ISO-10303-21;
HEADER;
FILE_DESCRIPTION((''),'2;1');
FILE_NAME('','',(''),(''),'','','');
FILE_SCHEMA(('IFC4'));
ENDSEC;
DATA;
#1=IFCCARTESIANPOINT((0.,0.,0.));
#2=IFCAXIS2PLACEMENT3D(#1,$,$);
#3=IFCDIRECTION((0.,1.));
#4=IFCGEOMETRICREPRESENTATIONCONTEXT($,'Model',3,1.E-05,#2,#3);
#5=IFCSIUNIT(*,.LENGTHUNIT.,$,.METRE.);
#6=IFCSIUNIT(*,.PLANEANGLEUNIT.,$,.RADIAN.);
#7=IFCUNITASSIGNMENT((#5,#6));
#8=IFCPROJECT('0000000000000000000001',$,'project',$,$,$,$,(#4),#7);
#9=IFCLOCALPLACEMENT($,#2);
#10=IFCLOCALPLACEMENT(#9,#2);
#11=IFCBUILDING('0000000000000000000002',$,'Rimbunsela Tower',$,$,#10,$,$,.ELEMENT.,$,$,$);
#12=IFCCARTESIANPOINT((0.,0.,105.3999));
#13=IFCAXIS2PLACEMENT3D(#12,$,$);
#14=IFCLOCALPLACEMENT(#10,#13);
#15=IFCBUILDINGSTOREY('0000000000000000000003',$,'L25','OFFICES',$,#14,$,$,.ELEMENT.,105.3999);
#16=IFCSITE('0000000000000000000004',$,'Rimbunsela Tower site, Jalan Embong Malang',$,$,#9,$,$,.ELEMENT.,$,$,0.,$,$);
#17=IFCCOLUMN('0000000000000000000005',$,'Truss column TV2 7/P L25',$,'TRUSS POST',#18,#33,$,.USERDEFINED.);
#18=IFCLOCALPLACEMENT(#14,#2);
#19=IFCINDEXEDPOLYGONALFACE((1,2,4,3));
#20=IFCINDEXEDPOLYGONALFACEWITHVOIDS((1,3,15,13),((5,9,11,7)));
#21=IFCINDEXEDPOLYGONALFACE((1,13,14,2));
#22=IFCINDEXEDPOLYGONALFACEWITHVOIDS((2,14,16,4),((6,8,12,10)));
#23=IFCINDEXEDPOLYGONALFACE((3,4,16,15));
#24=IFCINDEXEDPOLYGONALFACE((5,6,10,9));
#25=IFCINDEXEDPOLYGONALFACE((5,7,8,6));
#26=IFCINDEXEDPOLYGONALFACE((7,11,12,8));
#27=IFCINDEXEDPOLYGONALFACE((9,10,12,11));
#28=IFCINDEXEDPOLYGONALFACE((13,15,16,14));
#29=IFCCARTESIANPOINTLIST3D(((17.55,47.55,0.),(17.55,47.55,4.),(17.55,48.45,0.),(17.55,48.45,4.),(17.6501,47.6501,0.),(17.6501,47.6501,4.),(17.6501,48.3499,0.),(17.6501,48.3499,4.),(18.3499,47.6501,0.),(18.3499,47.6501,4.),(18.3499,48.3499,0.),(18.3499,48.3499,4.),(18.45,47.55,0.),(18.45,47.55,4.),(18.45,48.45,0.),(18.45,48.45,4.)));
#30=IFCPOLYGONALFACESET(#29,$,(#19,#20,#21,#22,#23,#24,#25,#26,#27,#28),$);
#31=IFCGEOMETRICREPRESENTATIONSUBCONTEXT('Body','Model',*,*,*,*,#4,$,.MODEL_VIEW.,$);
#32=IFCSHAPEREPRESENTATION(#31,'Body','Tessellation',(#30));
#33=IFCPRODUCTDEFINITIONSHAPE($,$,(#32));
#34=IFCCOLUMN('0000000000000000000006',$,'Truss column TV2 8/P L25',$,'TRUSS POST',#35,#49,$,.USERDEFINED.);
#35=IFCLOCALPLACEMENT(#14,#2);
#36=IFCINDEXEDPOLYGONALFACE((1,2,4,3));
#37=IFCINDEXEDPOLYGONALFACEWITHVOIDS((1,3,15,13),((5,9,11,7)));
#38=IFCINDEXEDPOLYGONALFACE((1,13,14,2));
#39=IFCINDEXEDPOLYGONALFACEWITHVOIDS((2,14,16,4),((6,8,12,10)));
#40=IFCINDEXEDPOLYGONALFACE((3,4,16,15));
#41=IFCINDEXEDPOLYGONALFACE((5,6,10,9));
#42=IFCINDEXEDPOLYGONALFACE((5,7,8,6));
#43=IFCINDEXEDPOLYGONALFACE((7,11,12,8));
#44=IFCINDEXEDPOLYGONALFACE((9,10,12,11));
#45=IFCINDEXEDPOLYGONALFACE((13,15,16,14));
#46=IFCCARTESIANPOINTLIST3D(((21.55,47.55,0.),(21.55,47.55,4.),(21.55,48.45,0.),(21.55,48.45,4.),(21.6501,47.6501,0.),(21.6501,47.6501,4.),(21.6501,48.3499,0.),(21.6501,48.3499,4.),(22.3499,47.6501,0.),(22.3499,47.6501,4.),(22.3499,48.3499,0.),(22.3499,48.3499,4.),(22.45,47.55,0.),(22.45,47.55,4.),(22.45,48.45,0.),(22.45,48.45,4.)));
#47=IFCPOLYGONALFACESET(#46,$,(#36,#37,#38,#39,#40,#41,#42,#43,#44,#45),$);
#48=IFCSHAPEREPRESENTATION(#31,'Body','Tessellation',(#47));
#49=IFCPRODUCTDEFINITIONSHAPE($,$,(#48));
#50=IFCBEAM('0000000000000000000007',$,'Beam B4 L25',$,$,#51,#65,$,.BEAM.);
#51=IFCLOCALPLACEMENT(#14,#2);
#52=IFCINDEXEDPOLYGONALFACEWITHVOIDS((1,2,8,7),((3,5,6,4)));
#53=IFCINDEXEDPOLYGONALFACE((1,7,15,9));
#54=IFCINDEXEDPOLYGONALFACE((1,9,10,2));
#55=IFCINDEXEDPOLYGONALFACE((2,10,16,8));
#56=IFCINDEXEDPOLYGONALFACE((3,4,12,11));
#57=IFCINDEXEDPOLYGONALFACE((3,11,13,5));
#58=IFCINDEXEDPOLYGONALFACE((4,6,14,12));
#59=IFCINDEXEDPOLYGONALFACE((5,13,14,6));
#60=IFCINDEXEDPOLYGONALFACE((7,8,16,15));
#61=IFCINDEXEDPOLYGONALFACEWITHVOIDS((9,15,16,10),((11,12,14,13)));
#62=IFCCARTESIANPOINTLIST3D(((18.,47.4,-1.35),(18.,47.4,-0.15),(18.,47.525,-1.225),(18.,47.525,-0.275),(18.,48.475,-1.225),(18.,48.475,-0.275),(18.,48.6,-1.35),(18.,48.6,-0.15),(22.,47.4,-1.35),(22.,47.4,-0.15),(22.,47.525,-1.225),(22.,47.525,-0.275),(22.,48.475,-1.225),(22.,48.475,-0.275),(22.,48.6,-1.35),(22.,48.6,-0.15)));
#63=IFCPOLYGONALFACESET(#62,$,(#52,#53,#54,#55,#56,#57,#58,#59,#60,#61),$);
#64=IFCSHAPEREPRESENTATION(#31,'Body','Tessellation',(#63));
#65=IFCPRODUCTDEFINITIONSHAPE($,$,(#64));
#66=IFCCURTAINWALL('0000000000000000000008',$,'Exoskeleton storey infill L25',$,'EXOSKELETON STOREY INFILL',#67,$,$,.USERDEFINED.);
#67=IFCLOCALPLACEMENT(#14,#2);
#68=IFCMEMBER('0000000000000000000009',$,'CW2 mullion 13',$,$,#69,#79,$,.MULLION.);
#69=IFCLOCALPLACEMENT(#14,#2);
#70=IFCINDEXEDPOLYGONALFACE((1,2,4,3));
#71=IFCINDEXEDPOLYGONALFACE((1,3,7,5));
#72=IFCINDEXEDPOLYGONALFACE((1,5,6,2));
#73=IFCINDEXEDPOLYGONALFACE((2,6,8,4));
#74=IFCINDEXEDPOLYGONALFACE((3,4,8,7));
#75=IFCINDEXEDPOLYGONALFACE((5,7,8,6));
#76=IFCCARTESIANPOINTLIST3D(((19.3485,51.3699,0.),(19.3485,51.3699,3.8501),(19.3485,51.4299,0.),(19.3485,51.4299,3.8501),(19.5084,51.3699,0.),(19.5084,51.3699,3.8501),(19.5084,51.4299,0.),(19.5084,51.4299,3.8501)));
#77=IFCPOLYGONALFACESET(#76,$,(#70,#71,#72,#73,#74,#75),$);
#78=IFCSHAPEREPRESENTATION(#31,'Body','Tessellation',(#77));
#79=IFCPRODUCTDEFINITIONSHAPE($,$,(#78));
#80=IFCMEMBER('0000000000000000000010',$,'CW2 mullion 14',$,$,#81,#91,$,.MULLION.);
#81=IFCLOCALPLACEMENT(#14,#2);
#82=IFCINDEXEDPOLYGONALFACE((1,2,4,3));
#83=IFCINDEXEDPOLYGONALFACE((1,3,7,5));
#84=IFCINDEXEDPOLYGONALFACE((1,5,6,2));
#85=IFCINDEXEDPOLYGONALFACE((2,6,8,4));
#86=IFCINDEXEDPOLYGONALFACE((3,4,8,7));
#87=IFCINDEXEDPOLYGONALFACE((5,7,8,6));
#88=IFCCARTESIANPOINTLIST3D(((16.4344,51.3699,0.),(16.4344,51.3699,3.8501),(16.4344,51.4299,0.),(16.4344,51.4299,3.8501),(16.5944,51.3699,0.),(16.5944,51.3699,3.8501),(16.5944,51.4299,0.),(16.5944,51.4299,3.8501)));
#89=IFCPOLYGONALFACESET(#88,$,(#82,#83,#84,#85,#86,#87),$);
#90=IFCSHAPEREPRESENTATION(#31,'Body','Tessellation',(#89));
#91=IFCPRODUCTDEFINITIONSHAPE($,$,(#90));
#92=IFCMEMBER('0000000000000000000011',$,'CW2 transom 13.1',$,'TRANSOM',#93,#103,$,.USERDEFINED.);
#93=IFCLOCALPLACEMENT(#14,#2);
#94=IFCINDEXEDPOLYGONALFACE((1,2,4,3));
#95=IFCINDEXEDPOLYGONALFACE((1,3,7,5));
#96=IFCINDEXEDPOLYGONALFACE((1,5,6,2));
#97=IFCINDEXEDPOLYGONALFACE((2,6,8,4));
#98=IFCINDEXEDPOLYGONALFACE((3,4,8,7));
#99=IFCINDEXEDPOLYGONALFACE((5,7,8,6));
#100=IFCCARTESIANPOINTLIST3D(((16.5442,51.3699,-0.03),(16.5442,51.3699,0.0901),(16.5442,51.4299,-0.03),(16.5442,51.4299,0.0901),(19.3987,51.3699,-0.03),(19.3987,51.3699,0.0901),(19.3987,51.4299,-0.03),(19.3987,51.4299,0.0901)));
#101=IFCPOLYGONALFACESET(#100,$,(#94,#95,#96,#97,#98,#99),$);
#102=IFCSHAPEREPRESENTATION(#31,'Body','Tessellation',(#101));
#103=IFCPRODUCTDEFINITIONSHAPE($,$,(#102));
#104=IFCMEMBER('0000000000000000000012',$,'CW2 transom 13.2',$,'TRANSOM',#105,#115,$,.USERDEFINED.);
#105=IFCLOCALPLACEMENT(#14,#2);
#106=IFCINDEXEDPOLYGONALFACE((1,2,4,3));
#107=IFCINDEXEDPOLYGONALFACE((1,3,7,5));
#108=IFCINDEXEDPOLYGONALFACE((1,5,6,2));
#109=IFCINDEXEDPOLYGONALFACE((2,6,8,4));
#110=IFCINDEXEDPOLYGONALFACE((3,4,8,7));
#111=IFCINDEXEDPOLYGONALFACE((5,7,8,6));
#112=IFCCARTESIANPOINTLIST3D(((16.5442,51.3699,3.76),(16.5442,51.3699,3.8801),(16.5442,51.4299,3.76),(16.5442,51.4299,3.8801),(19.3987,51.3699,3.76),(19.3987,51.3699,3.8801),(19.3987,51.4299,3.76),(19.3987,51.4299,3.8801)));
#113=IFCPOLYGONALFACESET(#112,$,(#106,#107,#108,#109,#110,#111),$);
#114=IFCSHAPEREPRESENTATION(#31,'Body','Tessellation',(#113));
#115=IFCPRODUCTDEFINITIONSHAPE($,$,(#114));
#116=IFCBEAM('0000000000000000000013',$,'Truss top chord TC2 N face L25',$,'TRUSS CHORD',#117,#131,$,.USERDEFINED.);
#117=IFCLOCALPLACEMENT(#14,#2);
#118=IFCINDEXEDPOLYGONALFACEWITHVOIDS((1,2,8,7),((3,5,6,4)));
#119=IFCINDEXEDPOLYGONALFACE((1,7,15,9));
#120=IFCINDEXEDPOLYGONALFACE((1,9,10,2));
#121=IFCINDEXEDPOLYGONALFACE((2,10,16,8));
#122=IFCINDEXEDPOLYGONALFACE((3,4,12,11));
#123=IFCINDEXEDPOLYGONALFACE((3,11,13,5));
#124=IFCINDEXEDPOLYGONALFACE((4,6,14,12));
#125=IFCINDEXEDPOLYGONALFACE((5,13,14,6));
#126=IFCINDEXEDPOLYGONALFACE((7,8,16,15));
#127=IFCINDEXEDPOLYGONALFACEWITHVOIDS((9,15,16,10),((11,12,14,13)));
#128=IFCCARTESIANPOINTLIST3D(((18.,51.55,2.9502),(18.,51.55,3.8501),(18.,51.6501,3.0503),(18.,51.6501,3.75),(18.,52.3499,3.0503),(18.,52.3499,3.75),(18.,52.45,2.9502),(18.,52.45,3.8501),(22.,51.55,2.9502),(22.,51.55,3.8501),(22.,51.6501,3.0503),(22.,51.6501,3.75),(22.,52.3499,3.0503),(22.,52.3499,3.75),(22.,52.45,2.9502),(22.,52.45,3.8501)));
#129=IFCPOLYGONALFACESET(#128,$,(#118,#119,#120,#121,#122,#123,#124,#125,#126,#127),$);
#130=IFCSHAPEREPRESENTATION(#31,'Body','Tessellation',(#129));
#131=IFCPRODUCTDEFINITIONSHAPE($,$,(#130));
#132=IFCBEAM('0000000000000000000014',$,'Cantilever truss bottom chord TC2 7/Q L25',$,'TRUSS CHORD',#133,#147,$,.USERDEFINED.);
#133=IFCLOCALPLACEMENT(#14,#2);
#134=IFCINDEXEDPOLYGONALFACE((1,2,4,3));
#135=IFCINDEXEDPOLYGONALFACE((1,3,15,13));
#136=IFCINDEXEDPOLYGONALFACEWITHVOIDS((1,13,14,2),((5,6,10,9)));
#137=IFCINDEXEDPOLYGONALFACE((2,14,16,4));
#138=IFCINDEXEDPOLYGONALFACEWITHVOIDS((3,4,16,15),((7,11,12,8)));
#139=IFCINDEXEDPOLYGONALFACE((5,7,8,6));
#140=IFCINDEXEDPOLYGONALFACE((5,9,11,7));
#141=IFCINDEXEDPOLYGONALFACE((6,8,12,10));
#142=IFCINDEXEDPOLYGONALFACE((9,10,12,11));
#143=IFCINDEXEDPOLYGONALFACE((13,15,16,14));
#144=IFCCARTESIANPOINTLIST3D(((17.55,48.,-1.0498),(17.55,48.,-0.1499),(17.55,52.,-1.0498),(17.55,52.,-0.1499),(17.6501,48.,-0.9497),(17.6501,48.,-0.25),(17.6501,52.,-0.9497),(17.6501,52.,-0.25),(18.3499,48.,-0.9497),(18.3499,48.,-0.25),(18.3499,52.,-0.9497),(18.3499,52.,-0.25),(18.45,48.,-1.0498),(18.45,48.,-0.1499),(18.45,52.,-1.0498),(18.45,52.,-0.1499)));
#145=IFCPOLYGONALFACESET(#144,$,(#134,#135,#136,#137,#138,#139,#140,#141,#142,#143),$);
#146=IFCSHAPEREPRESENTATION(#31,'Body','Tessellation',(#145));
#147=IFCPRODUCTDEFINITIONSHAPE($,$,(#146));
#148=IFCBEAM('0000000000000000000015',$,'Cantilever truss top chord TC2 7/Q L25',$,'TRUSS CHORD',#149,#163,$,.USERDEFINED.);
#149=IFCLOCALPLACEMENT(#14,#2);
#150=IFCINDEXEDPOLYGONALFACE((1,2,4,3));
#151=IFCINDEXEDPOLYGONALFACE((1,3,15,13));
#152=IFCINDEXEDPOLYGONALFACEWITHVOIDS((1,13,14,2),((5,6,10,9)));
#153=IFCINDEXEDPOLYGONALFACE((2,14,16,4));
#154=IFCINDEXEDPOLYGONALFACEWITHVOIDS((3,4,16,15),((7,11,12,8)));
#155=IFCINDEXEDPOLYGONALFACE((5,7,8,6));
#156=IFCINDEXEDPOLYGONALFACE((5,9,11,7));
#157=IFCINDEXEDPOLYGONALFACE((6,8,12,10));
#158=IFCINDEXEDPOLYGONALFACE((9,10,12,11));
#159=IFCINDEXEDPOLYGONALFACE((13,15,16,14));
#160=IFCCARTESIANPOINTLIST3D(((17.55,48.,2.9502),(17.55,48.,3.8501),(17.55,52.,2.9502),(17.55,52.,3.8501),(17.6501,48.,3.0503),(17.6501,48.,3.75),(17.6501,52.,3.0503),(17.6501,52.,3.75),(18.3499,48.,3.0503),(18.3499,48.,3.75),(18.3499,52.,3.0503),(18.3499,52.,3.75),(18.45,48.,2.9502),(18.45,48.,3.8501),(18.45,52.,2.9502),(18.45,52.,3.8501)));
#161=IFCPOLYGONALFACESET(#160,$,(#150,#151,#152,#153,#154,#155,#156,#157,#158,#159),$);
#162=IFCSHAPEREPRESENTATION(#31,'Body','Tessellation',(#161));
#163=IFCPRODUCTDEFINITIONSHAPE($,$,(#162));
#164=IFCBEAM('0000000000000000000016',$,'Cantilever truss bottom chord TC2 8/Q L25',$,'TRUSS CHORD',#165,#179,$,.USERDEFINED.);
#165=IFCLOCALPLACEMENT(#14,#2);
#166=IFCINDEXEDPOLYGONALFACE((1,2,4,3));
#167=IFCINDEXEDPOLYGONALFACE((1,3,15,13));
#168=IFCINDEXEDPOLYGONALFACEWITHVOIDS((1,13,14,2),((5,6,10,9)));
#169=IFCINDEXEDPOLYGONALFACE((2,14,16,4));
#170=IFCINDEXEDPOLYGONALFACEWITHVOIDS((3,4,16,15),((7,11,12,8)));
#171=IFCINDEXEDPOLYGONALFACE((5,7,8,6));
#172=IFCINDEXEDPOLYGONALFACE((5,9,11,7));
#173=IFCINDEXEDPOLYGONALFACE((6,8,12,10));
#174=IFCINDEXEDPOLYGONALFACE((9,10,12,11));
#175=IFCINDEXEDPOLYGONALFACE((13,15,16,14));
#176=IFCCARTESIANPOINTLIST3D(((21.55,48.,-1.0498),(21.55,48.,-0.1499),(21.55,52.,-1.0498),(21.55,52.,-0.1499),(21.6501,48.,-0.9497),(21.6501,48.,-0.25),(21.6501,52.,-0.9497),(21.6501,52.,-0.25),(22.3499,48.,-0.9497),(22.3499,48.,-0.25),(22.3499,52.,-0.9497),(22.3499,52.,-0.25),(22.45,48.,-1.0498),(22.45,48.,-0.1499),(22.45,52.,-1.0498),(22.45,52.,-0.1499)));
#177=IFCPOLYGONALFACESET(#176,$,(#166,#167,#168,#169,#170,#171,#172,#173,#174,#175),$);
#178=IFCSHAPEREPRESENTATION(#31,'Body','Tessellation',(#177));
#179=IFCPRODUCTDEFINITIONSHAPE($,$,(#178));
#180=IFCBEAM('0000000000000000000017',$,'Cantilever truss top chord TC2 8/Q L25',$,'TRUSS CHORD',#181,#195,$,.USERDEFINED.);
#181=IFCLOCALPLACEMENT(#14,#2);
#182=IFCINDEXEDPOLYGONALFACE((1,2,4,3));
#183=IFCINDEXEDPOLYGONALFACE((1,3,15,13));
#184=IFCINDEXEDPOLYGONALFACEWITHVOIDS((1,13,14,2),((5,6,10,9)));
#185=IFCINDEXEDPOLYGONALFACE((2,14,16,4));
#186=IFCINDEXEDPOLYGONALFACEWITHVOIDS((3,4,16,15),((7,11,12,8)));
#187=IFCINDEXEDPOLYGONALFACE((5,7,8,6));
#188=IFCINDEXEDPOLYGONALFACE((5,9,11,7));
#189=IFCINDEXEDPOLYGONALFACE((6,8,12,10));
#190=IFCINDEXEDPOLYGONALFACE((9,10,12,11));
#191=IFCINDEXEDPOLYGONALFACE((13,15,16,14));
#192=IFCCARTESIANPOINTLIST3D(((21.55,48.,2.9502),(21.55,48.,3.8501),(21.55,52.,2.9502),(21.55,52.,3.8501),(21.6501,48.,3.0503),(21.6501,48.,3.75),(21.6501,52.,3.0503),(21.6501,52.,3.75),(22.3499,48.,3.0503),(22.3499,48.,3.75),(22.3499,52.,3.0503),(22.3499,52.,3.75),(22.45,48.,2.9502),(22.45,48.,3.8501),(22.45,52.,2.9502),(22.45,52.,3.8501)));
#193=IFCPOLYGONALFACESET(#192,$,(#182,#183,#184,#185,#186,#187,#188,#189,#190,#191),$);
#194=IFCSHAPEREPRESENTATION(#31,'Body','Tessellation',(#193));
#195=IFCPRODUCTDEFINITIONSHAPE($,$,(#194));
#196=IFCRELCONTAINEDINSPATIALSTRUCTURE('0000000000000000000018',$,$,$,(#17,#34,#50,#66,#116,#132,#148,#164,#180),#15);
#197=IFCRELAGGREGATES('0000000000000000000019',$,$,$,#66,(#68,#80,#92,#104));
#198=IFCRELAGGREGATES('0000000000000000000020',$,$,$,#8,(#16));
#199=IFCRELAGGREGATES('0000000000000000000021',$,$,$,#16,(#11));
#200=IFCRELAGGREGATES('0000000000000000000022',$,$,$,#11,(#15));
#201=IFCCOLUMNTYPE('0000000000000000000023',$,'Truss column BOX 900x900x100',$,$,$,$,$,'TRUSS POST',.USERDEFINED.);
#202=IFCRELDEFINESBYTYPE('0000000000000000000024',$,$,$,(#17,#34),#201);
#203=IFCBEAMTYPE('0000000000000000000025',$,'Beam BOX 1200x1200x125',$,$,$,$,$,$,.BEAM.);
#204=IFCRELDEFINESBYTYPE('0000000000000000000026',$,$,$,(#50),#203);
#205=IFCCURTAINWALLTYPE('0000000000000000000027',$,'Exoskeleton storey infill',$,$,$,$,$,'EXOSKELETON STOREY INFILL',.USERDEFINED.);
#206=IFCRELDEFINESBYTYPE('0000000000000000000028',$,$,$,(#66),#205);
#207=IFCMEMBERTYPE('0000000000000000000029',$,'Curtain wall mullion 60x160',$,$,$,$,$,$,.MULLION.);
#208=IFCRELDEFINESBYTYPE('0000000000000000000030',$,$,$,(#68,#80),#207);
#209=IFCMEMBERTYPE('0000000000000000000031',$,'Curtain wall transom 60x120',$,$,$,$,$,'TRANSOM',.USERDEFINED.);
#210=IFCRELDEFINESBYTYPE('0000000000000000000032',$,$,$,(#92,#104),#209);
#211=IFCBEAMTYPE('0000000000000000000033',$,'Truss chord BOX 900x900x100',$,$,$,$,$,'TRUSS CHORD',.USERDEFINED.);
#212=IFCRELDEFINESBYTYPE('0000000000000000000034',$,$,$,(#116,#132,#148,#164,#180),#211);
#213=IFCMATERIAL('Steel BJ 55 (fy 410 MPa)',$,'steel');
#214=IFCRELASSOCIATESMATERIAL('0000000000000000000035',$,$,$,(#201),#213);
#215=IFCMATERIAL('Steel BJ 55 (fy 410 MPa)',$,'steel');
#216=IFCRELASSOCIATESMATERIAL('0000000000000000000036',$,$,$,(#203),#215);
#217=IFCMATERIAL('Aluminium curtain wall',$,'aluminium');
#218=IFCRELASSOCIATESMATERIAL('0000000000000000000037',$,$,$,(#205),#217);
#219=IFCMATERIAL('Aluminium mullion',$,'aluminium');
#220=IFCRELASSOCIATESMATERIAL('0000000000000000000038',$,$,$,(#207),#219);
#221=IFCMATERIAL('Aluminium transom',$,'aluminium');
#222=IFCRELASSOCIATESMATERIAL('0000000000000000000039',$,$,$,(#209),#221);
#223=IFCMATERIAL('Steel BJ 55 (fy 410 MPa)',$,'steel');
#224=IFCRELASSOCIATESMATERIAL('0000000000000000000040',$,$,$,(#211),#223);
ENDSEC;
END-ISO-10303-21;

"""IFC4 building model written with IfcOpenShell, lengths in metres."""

from ifc_helpers import new_model, si_unit, direction, frame, origin, origin_2d, place, context, subcontext, project, spatial, rectangle, hollow_rectangle, extrude, material, material_profile, profile_set, type_object, element, aggregate, save


model = new_model("IFC4")

# Units and contexts
model_context = context("Model", 3, precision=1e-05, world=origin(), true_north=direction((0.0, 1.0)))
body_context = subcontext(model_context, "Body", "Model", "MODEL_VIEW")
ifc_project = project(units=[si_unit("LENGTHUNIT", "METRE"), si_unit("PLANEANGLEUNIT", "RADIAN")], contexts=[model_context])

# Site, building, storey
site_placement = place(None, origin())
site = spatial("IfcSite", under=ifc_project, at=site_placement, Name="Rimbunsela Tower site, Jalan Embong Malang", CompositionType="ELEMENT", RefElevation=0.0)
building_placement = place(site_placement, origin())
building = spatial("IfcBuilding", under=site, at=building_placement, Name="Rimbunsela Tower", CompositionType="ELEMENT")
storey_placement = place(building_placement, frame((0.0, 0.0, 105.3999)))
storey = spatial("IfcBuildingStorey", under=building, at=storey_placement, Name="L25", Description="OFFICES", CompositionType="ELEMENT", Elevation=105.3999)

# Columns
ifc_material_1 = material(Name="Steel BJ 55 (fy 410 MPa)", Category="steel")
ifc_material_profile_1 = material_profile(ifc_material_1, hollow_rectangle(XDim=0.8999, YDim=0.8999, WallThickness=0.1001, at=origin_2d()), Name="BOX 900x900x100")
ifc_profile_set_1 = profile_set([ifc_material_profile_1], Name="Steel BJ 55 (fy 410 MPa)")
column_type = type_object("IfcColumnType", Name="Truss column BOX 900x900x100", ElementType="TRUSS POST", PredefinedType="USERDEFINED", material=ifc_profile_set_1)
for number, where, z_axis, x_axis, name in (
    (1, (18.0, 48.0, 0.0), (0.0, 0.0, 1.0), (1.0, 0.0, 0.0), "Truss column TV2 7/P L25"),
    (2, (22.0, 48.0, 0.0), (0.0, 0.0, 1.0), (1.0, 0.0, 0.0), "Truss column TV2 8/P L25"),
):
    element("IfcColumn", number, at=place(storey_placement, frame(where, z_axis=z_axis, x_axis=x_axis)), inside=storey, type_object=column_type, Name=name, ObjectType="TRUSS POST", PredefinedType="USERDEFINED", context=body_context, shape_type="SweptSolid", body=[
        extrude(hollow_rectangle(XDim=0.8999, YDim=0.8999, WallThickness=0.1001, at=origin_2d()), origin(), (0.0, 0.0, 1.0), 4.0),
    ])

# Beam
ifc_material_2 = material(Name="Steel BJ 55 (fy 410 MPa)", Category="steel")
ifc_material_profile_2 = material_profile(ifc_material_2, hollow_rectangle(XDim=1.2, YDim=1.2, WallThickness=0.125, at=origin_2d()), Name="BOX 1200x1200x125")
ifc_profile_set_2 = profile_set([ifc_material_profile_2], Name="Steel BJ 55 (fy 410 MPa)")
beam_type_1 = type_object("IfcBeamType", Name="Beam BOX 1200x1200x125", PredefinedType="BEAM", material=ifc_profile_set_2)
beam_placement = place(storey_placement, frame((18.0, 48.0, -0.75), z_axis=(1.0, 0.0, 0.0), x_axis=(0.0, 1.0, 0.0)))
element("IfcBeam", 3, at=beam_placement, inside=storey, type_object=beam_type_1, Name="Beam B4 L25", PredefinedType="BEAM", context=body_context, shape_type="SweptSolid", body=[
    extrude(hollow_rectangle(XDim=1.2, YDim=1.2, WallThickness=0.125, at=origin_2d()), origin(), (0.0, 0.0, 1.0), 4.0),
])

# Curtain wall, members
ifc_material_3 = material(Name="Aluminium curtain wall", Category="aluminium")
curtain_wall_type = type_object("IfcCurtainWallType", Name="Exoskeleton storey infill", ElementType="EXOSKELETON STOREY INFILL", PredefinedType="USERDEFINED", material=ifc_material_3)
curtain_wall_placement = place(storey_placement, origin())
curtain_wall = element("IfcCurtainWall", 4, at=curtain_wall_placement, inside=storey, type_object=curtain_wall_type, Name="Exoskeleton storey infill L25", ObjectType="EXOSKELETON STOREY INFILL", PredefinedType="USERDEFINED")
ifc_material_4 = material(Name="Aluminium mullion", Category="aluminium")
ifc_material_profile_3 = material_profile(ifc_material_4, rectangle(XDim=0.0601, YDim=0.1599, at=origin_2d()), Name="Mullion 60x160")
ifc_profile_set_3 = profile_set([ifc_material_profile_3], Name="Aluminium mullion")
member_type_1 = type_object("IfcMemberType", Name="Curtain wall mullion 60x160", PredefinedType="MULLION", material=ifc_profile_set_3)
member_1_placement = place(storey_placement, frame((19.4285, 51.3999, 0.0), z_axis=(0.0, 0.0, 1.0), x_axis=(0.0, -1.0, 0.0)))
member_1 = element("IfcMember", 5, at=member_1_placement, type_object=member_type_1, Name="CW2 mullion 13", PredefinedType="MULLION", context=body_context, shape_type="SweptSolid", body=[
    extrude(rectangle(XDim=0.0601, YDim=0.1599, at=origin_2d()), origin(), (0.0, 0.0, 1.0), 3.8501),
])
member_2_placement = place(storey_placement, frame((16.5144, 51.3999, 0.0), z_axis=(0.0, 0.0, 1.0), x_axis=(0.0, -1.0, 0.0)))
member_2 = element("IfcMember", 6, at=member_2_placement, type_object=member_type_1, Name="CW2 mullion 14", PredefinedType="MULLION", context=body_context, shape_type="SweptSolid", body=[
    extrude(rectangle(XDim=0.0601, YDim=0.1599, at=origin_2d()), origin(), (0.0, 0.0, 1.0), 3.8501),
])
ifc_material_5 = material(Name="Aluminium transom", Category="aluminium")
ifc_material_profile_4 = material_profile(ifc_material_5, rectangle(XDim=0.0601, YDim=0.1201, at=origin_2d()), Name="Transom 60x120")
ifc_profile_set_4 = profile_set([ifc_material_profile_4], Name="Aluminium transom")
member_type_2 = type_object("IfcMemberType", Name="Curtain wall transom 60x120", ElementType="TRANSOM", PredefinedType="USERDEFINED", material=ifc_profile_set_4)
member_3_placement = place(storey_placement, frame((19.3987, 51.3999, 0.03), z_axis=(-1.0, 0.0, 0.0), x_axis=(0.0, -1.0, 0.0)))
member_3 = element("IfcMember", 7, at=member_3_placement, type_object=member_type_2, Name="CW2 transom 13.1", ObjectType="TRANSOM", PredefinedType="USERDEFINED", context=body_context, shape_type="SweptSolid", body=[
    extrude(rectangle(XDim=0.0601, YDim=0.1201, at=origin_2d()), origin(), (0.0, 0.0, 1.0), 2.8545),
])
member_4_placement = place(storey_placement, frame((19.3987, 51.3999, 3.8201), z_axis=(-1.0, 0.0, 0.0), x_axis=(0.0, -1.0, 0.0)))
member_4 = element("IfcMember", 8, at=member_4_placement, type_object=member_type_2, Name="CW2 transom 13.2", ObjectType="TRANSOM", PredefinedType="USERDEFINED", context=body_context, shape_type="SweptSolid", body=[
    extrude(rectangle(XDim=0.0601, YDim=0.1201, at=origin_2d()), origin(), (0.0, 0.0, 1.0), 2.8545),
])

# Beams
ifc_material_6 = material(Name="Steel BJ 55 (fy 410 MPa)", Category="steel")
ifc_material_profile_5 = material_profile(ifc_material_6, hollow_rectangle(XDim=0.8999, YDim=0.8999, WallThickness=0.1001, at=origin_2d()), Name="BOX 900x900x100")
ifc_profile_set_5 = profile_set([ifc_material_profile_5], Name="Steel BJ 55 (fy 410 MPa)")
beam_type_2 = type_object("IfcBeamType", Name="Truss chord BOX 900x900x100", ElementType="TRUSS CHORD", PredefinedType="USERDEFINED", material=ifc_profile_set_5)
for number, where, z_axis, x_axis, name in (
    (9, (18.0, 52.0, 3.4001), (1.0, 0.0, 0.0), (0.0, 1.0, 0.0), "Truss top chord TC2 N face L25"),
    (10, (18.0, 48.0, -0.5999), (0.0, 1.0, 0.0), (-1.0, 0.0, 0.0), "Cantilever truss bottom chord TC2 7/Q L25"),
    (11, (18.0, 48.0, 3.4001), (0.0, 1.0, 0.0), (-1.0, 0.0, 0.0), "Cantilever truss top chord TC2 7/Q L25"),
    (12, (22.0, 48.0, -0.5999), (0.0, 1.0, 0.0), (-1.0, 0.0, 0.0), "Cantilever truss bottom chord TC2 8/Q L25"),
    (13, (22.0, 48.0, 3.4001), (0.0, 1.0, 0.0), (-1.0, 0.0, 0.0), "Cantilever truss top chord TC2 8/Q L25"),
):
    element("IfcBeam", number, at=place(storey_placement, frame(where, z_axis=z_axis, x_axis=x_axis)), inside=storey, type_object=beam_type_2, Name=name, ObjectType="TRUSS CHORD", PredefinedType="USERDEFINED", context=body_context, shape_type="SweptSolid", body=[
        extrude(hollow_rectangle(XDim=0.8999, YDim=0.8999, WallThickness=0.1001, at=origin_2d()), origin(), (0.0, 0.0, 1.0), 4.0),
    ])

aggregate(curtain_wall, [member_1, member_2, member_3, member_4])

save(model, "model.ifc")
